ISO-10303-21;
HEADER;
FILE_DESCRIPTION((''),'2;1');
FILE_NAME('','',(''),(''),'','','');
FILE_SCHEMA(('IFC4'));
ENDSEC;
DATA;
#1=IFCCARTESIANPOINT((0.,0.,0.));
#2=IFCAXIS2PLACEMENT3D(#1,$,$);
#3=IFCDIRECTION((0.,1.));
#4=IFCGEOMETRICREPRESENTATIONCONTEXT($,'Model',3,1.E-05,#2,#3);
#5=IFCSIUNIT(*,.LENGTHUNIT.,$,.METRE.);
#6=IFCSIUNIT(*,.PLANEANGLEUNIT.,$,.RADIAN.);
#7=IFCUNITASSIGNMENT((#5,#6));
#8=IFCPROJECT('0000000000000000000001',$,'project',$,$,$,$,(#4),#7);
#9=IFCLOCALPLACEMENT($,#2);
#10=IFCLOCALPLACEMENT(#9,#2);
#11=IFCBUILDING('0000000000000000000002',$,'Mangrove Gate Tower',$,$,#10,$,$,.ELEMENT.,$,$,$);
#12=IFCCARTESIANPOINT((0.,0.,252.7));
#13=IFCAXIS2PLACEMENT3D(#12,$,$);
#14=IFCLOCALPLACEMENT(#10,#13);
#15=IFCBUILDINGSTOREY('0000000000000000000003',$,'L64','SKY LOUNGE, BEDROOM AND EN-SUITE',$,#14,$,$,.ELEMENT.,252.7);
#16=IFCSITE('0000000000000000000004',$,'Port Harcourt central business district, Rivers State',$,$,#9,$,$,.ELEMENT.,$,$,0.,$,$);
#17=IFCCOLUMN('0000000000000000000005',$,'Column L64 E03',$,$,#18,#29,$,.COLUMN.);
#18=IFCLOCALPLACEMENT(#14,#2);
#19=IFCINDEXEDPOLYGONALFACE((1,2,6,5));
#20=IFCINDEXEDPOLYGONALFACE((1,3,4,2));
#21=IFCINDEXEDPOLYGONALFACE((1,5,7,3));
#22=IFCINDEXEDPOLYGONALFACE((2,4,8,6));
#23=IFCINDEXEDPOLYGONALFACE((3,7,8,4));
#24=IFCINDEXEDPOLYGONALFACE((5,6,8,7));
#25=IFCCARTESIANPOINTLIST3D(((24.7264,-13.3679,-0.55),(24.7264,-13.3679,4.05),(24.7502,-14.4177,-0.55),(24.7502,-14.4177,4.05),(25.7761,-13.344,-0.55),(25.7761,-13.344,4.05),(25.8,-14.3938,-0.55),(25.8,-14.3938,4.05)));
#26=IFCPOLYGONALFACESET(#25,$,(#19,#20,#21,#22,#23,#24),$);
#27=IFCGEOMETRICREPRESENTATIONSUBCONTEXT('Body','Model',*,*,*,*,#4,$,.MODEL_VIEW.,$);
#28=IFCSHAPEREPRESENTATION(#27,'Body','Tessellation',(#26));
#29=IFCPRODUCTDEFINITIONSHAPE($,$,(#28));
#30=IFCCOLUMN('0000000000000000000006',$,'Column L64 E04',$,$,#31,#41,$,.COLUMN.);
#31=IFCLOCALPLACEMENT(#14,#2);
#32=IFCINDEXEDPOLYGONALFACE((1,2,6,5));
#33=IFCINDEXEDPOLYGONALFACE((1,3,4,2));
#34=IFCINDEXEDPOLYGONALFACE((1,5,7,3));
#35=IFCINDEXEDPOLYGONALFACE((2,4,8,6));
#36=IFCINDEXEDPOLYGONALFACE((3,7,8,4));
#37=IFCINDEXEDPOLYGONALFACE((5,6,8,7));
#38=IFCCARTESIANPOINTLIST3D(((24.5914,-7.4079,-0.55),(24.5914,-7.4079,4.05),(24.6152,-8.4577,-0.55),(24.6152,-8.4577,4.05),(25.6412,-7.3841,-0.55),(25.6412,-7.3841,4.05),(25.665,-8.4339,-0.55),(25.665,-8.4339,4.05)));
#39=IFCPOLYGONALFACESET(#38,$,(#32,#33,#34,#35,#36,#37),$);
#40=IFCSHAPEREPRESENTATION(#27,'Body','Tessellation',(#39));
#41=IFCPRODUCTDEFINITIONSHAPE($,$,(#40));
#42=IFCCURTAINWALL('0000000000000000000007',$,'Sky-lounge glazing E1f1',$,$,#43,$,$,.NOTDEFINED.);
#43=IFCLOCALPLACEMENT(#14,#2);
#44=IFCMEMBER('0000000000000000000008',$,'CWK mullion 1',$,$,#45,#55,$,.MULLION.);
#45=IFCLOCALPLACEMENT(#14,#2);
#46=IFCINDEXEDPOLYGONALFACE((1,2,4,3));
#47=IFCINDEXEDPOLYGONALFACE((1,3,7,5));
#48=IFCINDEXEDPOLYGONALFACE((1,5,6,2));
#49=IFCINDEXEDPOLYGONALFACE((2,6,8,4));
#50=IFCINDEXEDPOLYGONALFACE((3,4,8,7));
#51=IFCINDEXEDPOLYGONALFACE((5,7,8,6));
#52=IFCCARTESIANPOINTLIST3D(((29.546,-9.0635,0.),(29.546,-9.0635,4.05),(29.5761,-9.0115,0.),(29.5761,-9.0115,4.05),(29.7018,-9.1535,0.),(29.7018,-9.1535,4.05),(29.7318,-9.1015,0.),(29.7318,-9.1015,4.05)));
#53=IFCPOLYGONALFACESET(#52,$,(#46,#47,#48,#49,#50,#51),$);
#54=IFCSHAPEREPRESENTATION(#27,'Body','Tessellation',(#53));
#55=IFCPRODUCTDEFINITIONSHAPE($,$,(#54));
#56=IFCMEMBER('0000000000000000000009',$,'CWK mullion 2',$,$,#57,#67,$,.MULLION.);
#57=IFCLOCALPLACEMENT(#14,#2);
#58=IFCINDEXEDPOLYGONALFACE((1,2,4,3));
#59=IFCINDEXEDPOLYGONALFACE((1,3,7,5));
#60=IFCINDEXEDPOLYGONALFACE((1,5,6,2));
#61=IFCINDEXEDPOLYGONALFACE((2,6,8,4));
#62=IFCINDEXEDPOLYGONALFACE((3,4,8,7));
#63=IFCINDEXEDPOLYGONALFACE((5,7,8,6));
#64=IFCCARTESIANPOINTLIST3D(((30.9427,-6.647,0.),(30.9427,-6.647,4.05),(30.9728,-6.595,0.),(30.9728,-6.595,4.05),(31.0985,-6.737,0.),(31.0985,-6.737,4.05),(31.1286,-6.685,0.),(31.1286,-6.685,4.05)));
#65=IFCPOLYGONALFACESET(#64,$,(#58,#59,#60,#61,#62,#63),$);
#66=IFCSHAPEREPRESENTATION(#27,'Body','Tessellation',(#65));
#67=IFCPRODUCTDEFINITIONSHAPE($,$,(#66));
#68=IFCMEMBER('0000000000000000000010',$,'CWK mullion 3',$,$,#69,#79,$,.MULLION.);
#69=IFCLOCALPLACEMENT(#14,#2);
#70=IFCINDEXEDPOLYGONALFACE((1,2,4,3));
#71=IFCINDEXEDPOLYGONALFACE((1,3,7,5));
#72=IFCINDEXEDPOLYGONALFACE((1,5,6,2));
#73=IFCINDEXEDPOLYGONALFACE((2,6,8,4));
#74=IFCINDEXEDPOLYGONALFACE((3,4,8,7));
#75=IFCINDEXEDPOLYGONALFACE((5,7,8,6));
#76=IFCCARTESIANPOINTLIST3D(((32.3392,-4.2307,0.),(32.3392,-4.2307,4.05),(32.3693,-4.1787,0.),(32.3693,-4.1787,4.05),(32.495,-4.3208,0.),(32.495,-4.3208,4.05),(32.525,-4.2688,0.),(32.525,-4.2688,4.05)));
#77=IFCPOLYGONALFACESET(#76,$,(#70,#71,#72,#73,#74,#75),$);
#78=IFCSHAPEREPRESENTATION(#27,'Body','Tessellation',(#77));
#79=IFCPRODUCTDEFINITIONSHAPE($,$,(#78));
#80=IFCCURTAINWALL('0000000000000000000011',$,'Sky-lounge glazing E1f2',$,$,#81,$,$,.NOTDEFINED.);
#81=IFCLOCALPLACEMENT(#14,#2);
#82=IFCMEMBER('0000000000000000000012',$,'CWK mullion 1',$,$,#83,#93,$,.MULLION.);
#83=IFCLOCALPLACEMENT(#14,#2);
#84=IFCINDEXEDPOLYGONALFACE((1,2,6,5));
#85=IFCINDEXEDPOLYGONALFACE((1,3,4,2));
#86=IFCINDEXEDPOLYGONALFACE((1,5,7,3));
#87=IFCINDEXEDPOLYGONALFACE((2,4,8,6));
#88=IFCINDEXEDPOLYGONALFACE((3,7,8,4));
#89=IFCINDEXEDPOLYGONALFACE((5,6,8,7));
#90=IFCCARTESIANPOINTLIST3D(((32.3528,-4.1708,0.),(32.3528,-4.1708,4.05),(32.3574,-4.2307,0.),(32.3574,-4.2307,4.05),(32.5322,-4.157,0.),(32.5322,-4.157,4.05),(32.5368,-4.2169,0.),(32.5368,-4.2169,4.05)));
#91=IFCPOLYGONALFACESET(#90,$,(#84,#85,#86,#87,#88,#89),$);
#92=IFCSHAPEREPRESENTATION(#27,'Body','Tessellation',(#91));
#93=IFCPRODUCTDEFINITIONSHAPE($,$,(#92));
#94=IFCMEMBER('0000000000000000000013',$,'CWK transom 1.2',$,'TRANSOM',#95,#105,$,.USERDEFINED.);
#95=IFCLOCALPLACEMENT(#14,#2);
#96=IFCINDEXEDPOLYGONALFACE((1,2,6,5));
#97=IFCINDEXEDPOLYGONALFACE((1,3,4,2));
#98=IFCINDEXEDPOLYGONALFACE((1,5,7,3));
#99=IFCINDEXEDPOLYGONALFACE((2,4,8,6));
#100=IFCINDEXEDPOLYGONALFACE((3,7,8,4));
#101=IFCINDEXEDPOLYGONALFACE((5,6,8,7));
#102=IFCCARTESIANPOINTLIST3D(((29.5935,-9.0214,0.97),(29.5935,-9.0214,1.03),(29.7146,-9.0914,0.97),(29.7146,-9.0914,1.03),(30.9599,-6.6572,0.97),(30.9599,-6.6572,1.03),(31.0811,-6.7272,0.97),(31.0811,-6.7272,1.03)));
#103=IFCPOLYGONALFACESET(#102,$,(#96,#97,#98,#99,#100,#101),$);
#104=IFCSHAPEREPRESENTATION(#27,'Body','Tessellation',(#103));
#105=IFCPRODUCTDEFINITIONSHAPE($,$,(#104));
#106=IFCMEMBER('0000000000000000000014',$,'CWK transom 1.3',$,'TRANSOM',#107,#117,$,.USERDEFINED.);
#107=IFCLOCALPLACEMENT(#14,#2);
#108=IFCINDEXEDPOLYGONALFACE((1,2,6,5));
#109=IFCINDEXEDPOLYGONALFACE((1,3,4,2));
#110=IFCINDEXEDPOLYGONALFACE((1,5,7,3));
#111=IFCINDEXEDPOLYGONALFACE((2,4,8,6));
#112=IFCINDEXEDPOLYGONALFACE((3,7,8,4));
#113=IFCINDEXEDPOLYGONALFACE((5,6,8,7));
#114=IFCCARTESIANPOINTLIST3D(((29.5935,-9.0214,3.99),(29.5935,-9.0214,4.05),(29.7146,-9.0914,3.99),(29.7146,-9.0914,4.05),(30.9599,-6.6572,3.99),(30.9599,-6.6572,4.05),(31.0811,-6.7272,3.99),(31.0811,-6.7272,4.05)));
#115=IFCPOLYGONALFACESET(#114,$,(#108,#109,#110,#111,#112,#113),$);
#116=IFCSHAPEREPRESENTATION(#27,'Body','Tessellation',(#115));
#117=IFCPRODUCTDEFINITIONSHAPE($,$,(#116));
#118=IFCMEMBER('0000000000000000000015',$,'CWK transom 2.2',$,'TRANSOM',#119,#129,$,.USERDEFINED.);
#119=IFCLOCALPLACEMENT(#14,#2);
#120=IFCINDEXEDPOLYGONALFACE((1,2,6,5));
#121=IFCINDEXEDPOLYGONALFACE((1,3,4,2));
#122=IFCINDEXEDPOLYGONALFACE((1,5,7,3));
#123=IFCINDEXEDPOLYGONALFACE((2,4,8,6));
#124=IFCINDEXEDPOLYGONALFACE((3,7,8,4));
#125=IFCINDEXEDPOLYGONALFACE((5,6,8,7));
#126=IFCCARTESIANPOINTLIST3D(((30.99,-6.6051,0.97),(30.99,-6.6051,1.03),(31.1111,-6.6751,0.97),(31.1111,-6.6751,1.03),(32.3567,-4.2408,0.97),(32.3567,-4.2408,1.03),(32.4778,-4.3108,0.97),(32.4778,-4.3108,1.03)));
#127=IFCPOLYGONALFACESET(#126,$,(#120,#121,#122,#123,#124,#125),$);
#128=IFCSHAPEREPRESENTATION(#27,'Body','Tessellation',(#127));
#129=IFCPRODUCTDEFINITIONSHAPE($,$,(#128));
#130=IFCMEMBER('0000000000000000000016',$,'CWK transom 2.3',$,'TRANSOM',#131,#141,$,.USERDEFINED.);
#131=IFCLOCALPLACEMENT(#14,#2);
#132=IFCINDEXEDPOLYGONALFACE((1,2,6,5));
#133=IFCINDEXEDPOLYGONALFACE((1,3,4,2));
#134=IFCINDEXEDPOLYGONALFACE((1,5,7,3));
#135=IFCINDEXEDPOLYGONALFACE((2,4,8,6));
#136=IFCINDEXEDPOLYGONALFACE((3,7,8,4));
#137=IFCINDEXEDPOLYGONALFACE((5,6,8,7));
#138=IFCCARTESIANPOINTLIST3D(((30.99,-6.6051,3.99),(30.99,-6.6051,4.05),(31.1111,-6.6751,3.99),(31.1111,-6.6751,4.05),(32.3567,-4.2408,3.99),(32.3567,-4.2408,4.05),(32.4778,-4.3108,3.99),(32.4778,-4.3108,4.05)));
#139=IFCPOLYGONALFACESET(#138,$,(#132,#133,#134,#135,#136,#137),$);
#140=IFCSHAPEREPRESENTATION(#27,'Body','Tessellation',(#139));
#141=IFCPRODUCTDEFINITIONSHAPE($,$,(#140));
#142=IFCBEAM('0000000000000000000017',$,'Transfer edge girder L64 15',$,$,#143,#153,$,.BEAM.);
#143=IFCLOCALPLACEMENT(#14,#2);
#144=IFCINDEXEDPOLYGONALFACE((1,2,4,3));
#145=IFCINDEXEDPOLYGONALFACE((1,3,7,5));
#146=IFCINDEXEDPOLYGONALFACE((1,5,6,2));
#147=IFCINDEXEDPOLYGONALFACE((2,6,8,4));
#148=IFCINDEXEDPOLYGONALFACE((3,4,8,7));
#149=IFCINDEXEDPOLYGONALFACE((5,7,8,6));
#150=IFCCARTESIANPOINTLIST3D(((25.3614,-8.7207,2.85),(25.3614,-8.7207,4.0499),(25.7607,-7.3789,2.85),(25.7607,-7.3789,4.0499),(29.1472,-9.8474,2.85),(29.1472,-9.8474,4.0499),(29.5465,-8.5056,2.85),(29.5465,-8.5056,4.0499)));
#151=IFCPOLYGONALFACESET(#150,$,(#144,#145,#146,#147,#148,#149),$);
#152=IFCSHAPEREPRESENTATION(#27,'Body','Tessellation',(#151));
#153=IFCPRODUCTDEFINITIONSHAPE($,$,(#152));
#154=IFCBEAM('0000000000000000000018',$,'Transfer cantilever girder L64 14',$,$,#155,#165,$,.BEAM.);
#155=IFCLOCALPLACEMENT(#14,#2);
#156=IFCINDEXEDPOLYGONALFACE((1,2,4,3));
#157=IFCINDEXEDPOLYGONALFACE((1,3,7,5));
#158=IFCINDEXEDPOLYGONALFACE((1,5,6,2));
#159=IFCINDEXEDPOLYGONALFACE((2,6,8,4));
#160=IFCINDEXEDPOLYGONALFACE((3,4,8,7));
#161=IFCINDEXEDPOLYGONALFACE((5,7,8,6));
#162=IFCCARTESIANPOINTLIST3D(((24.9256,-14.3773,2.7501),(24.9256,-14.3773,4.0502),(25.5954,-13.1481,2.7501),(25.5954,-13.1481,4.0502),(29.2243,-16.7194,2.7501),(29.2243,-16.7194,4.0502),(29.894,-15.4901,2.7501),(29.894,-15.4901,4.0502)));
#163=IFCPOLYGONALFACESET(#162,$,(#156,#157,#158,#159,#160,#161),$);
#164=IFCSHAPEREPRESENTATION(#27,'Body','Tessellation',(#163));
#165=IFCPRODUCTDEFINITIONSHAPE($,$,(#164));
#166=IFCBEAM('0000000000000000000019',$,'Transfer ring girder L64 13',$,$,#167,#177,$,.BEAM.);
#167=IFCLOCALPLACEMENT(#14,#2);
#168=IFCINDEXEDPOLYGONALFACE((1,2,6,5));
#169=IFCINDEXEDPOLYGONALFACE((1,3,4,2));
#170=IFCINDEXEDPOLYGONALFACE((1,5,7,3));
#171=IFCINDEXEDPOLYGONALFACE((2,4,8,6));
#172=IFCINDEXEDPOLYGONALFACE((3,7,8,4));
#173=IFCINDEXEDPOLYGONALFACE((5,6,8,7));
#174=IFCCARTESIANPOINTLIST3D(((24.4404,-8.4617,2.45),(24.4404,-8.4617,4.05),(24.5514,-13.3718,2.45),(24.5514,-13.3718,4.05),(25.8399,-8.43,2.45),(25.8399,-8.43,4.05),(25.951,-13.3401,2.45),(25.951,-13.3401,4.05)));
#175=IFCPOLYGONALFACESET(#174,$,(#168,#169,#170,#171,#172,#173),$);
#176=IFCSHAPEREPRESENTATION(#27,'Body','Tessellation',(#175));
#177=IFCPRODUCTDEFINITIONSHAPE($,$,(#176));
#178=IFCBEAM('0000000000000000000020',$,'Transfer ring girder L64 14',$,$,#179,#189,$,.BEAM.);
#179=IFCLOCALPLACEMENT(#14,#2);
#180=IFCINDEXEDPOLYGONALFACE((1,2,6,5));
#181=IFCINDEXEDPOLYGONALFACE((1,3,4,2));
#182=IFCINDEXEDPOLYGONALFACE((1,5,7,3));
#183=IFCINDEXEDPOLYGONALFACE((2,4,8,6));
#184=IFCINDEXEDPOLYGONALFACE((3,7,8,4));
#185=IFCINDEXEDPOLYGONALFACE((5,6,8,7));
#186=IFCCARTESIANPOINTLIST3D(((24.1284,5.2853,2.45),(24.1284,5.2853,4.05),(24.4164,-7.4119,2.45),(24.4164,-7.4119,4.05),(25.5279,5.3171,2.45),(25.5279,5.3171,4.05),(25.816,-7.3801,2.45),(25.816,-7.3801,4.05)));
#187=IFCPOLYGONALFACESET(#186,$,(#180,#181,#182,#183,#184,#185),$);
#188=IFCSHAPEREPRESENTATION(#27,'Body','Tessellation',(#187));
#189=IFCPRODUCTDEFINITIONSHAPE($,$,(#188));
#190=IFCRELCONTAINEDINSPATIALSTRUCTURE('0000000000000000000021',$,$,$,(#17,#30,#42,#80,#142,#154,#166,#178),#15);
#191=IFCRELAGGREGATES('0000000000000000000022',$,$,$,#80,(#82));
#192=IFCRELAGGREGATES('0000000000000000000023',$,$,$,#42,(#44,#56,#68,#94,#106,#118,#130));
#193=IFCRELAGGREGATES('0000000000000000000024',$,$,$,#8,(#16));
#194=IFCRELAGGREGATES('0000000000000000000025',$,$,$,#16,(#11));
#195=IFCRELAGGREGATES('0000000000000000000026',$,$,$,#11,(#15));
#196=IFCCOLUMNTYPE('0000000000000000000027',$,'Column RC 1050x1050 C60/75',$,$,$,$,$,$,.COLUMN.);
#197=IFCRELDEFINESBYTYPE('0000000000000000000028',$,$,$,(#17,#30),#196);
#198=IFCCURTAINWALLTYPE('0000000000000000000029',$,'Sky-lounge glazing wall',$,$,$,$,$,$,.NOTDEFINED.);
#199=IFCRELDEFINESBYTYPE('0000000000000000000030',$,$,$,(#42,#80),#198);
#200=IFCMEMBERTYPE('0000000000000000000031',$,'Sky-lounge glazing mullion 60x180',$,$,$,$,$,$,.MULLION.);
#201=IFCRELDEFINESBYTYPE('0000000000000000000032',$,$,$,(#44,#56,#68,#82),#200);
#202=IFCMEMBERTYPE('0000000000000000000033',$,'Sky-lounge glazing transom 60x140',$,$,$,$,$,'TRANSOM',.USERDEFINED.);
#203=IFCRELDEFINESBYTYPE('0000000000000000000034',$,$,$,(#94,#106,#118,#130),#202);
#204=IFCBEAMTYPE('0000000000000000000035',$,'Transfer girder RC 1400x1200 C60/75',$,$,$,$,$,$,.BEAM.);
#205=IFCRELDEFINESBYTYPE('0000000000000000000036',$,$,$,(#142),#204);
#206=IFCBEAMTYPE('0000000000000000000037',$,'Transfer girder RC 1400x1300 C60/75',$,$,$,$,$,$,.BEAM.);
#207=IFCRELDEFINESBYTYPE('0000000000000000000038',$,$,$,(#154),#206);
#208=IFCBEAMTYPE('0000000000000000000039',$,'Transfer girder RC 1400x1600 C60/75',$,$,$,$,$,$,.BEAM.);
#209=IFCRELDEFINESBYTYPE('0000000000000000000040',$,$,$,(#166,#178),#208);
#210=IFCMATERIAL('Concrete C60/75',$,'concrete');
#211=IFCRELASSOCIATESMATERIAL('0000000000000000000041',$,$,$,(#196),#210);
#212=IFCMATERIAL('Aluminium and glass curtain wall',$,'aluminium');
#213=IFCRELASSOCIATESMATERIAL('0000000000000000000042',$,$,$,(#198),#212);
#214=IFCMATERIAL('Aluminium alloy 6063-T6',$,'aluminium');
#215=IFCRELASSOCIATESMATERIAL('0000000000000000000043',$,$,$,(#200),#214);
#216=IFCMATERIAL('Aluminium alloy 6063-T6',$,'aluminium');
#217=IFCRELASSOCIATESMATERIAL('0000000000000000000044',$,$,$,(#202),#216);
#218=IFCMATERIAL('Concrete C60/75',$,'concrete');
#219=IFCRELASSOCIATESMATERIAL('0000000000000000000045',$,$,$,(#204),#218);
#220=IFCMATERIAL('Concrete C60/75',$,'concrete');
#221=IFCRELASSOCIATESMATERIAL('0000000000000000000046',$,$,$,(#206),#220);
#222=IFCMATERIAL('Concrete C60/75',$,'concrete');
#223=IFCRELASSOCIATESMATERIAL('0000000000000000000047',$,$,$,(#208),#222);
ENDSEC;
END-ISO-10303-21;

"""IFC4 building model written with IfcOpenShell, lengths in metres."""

from ifc_helpers import new_model, si_unit, direction, frame, origin, origin_2d, place, context, subcontext, project, spatial, rectangle, extrude, material, material_profile, profile_set, type_object, element, aggregate, save


model = new_model("IFC4")

# Units and contexts
model_context = context("Model", 3, precision=1e-05, world=origin(), true_north=direction((0.0, 1.0)))
body_context = subcontext(model_context, "Body", "Model", "MODEL_VIEW")
ifc_project = project(units=[si_unit("LENGTHUNIT", "METRE"), si_unit("PLANEANGLEUNIT", "RADIAN")], contexts=[model_context])

# Site, building, storey
site_placement = place(None, origin())
site = spatial("IfcSite", under=ifc_project, at=site_placement, Name="Port Harcourt central business district, Rivers State", CompositionType="ELEMENT", RefElevation=0.0)
building_placement = place(site_placement, origin())
building = spatial("IfcBuilding", under=site, at=building_placement, Name="Mangrove Gate Tower", CompositionType="ELEMENT")
storey_placement = place(building_placement, frame((0.0, 0.0, 252.7)))
storey = spatial("IfcBuildingStorey", under=building, at=storey_placement, Name="L64", Description="SKY LOUNGE, BEDROOM AND EN-SUITE", CompositionType="ELEMENT", Elevation=252.7)

# Columns
ifc_material_1 = material(Name="Concrete C60/75", Category="concrete")
ifc_material_profile_1 = material_profile(ifc_material_1, rectangle(XDim=1.05, YDim=1.05, at=origin_2d()))
ifc_profile_set_1 = profile_set([ifc_material_profile_1], Name="Concrete C60/75")
column_type = type_object("IfcColumnType", Name="Column RC 1050x1050 C60/75", PredefinedType="COLUMN", material=ifc_profile_set_1)
for number, where, z_axis, x_axis, name in (
    (1, (25.2632, -13.8809, -0.55), (0.0, 0.0, 1.0), (-0.022727, 0.999742, 0.0), "Column L64 E03"),
    (2, (25.1282, -7.9209, -0.55), (0.0, 0.0, 1.0), (-0.022676, 0.999743, 0.0), "Column L64 E04"),
):
    element("IfcColumn", number, at=place(storey_placement, frame(where, z_axis=z_axis, x_axis=x_axis)), inside=storey, type_object=column_type, Name=name, PredefinedType="COLUMN", context=body_context, shape_type="SweptSolid", body=[
        extrude(rectangle(XDim=1.05, YDim=1.05, at=origin_2d()), origin(), (0.0, 0.0, 1.0), 4.6001),
    ])

# Curtain wall, members
ifc_material_2 = material(Name="Aluminium and glass curtain wall", Category="aluminium")
curtain_wall_type = type_object("IfcCurtainWallType", Name="Sky-lounge glazing wall", PredefinedType="NOTDEFINED", material=ifc_material_2)
curtain_wall_1_placement = place(storey_placement, origin())
curtain_wall_1 = element("IfcCurtainWall", 3, at=curtain_wall_1_placement, inside=storey, type_object=curtain_wall_type, Name="Sky-lounge glazing E1f1", PredefinedType="NOTDEFINED")
ifc_material_3 = material(Name="Aluminium alloy 6063-T6", Category="aluminium")
ifc_material_profile_2 = material_profile(ifc_material_3, rectangle(XDim=0.0601, YDim=0.1799, at=origin_2d()))
ifc_profile_set_2 = profile_set([ifc_material_profile_2], Name="Aluminium alloy 6063-T6")
member_type_1 = type_object("IfcMemberType", Name="Sky-lounge glazing mullion 60x180", PredefinedType="MULLION", material=ifc_profile_set_2)
member_1_placement = place(storey_placement, frame((29.6389, -9.0825, 0.0), z_axis=(0.0, 0.0, 1.0), x_axis=(0.500418, 0.865784, 0.0)))
member_1 = element("IfcMember", 4, at=member_1_placement, type_object=member_type_1, Name="CWK mullion 1", PredefinedType="MULLION", context=body_context, shape_type="SweptSolid", body=[
    extrude(rectangle(XDim=0.0601, YDim=0.1799, at=origin_2d()), origin(), (0.0, 0.0, 1.0), 4.05),
])
member_2_placement = place(storey_placement, frame((31.0356, -6.666, 0.0), z_axis=(0.0, 0.0, 1.0), x_axis=(0.500418, 0.865784, 0.0)))
member_2 = element("IfcMember", 5, at=member_2_placement, type_object=member_type_1, Name="CWK mullion 2", PredefinedType="MULLION", context=body_context, shape_type="SweptSolid", body=[
    extrude(rectangle(XDim=0.0601, YDim=0.1799, at=origin_2d()), origin(), (0.0, 0.0, 1.0), 4.05),
])
member_3_placement = place(storey_placement, frame((32.4321, -4.2498, 0.0), z_axis=(0.0, 0.0, 1.0), x_axis=(0.500418, 0.865784, 0.0)))
member_3 = element("IfcMember", 6, at=member_3_placement, type_object=member_type_1, Name="CWK mullion 3", PredefinedType="MULLION", context=body_context, shape_type="SweptSolid", body=[
    extrude(rectangle(XDim=0.0601, YDim=0.1799, at=origin_2d()), origin(), (0.0, 0.0, 1.0), 4.05),
])

# Curtain wall, member
curtain_wall_2_placement = place(storey_placement, origin())
curtain_wall_2 = element("IfcCurtainWall", 7, at=curtain_wall_2_placement, inside=storey, type_object=curtain_wall_type, Name="Sky-lounge glazing E1f2", PredefinedType="NOTDEFINED")
member_4_placement = place(storey_placement, frame((32.4448, -4.1938, 0.0), z_axis=(0.0, 0.0, 1.0), x_axis=(-0.077023, 0.997029, 0.0)))
member_4 = element("IfcMember", 8, at=member_4_placement, type_object=member_type_1, Name="CWK mullion 1", PredefinedType="MULLION", context=body_context, shape_type="SweptSolid", body=[
    extrude(rectangle(XDim=0.0601, YDim=0.1799, at=origin_2d()), origin(), (0.0, 0.0, 1.0), 4.05),
])
aggregate(curtain_wall_2, [member_4])

# Members
ifc_material_4 = material(Name="Aluminium alloy 6063-T6", Category="aluminium")
ifc_material_profile_3 = material_profile(ifc_material_4, rectangle(XDim=0.0601, YDim=0.1399, at=origin_2d()))
ifc_profile_set_3 = profile_set([ifc_material_profile_3], Name="Aluminium alloy 6063-T6")
member_type_2 = type_object("IfcMemberType", Name="Sky-lounge glazing transom 60x140", ElementType="TRANSOM", PredefinedType="USERDEFINED", material=ifc_profile_set_3)
member_5_placement = place(storey_placement, frame((29.6541, -9.0564, 1.0), z_axis=(0.500398, 0.865795, 0.0), x_axis=(0.0, 0.0, 1.0)))
member_5 = element("IfcMember", 9, at=member_5_placement, type_object=member_type_2, Name="CWK transom 1.2", ObjectType="TRANSOM", PredefinedType="USERDEFINED", context=body_context, shape_type="SweptSolid", body=[
    extrude(rectangle(XDim=0.0601, YDim=0.1399, at=origin_2d()), origin(), (0.0, 0.0, 1.0), 2.7307),
])
member_6_placement = place(storey_placement, frame((29.6541, -9.0564, 4.02), z_axis=(0.500398, 0.865795, 0.0), x_axis=(0.0, 0.0, 1.0)))
member_6 = element("IfcMember", 10, at=member_6_placement, type_object=member_type_2, Name="CWK transom 1.3", ObjectType="TRANSOM", PredefinedType="USERDEFINED", context=body_context, shape_type="SweptSolid", body=[
    extrude(rectangle(XDim=0.0601, YDim=0.1399, at=origin_2d()), origin(), (0.0, 0.0, 1.0), 2.7307),
])
member_7_placement = place(storey_placement, frame((31.0505, -6.6401, 1.0), z_axis=(0.500465, 0.865757, 0.0), x_axis=(0.0, 0.0, 1.0)))
member_7 = element("IfcMember", 11, at=member_7_placement, type_object=member_type_2, Name="CWK transom 2.2", ObjectType="TRANSOM", PredefinedType="USERDEFINED", context=body_context, shape_type="SweptSolid", body=[
    extrude(rectangle(XDim=0.0601, YDim=0.1399, at=origin_2d()), origin(), (0.0, 0.0, 1.0), 2.731),
])
member_8_placement = place(storey_placement, frame((31.0505, -6.6401, 4.02), z_axis=(0.500465, 0.865757, 0.0), x_axis=(0.0, 0.0, 1.0)))
member_8 = element("IfcMember", 12, at=member_8_placement, type_object=member_type_2, Name="CWK transom 2.3", ObjectType="TRANSOM", PredefinedType="USERDEFINED", context=body_context, shape_type="SweptSolid", body=[
    extrude(rectangle(XDim=0.0601, YDim=0.1399, at=origin_2d()), origin(), (0.0, 0.0, 1.0), 2.731),
])

# Beams
ifc_material_5 = material(Name="Concrete C60/75", Category="concrete")
ifc_material_profile_4 = material_profile(ifc_material_5, rectangle(XDim=1.3999, YDim=1.2, at=origin_2d()))
ifc_profile_set_4 = profile_set([ifc_material_profile_4], Name="Concrete C60/75")
beam_type_1 = type_object("IfcBeamType", Name="Transfer girder RC 1400x1200 C60/75", PredefinedType="BEAM", material=ifc_profile_set_4)
beam_1_placement = place(storey_placement, frame((25.561, -8.0498, 3.45), z_axis=(0.958455, -0.285243, 0.0), x_axis=(0.285243, 0.958455, 0.0)))
element("IfcBeam", 13, at=beam_1_placement, inside=storey, type_object=beam_type_1, Name="Transfer edge girder L64 15", PredefinedType="BEAM", context=body_context, shape_type="SweptSolid", body=[
    extrude(rectangle(XDim=1.3999, YDim=1.2, at=origin_2d()), origin(), (0.0, 0.0, 1.0), 3.95),
])
ifc_material_6 = material(Name="Concrete C60/75", Category="concrete")
ifc_material_profile_5 = material_profile(ifc_material_6, rectangle(XDim=1.3999, YDim=1.3, at=origin_2d()))
ifc_profile_set_5 = profile_set([ifc_material_profile_5], Name="Concrete C60/75")
beam_type_2 = type_object("IfcBeamType", Name="Transfer girder RC 1400x1300 C60/75", PredefinedType="BEAM", material=ifc_profile_set_5)
beam_2_placement = place(storey_placement, frame((25.2605, -13.7627, 3.4001), z_axis=(0.878122, -0.478436, 0.0), x_axis=(0.478436, 0.878122, 0.0)))
element("IfcBeam", 14, at=beam_2_placement, inside=storey, type_object=beam_type_2, Name="Transfer cantilever girder L64 14", PredefinedType="BEAM", context=body_context, shape_type="SweptSolid", body=[
    extrude(rectangle(XDim=1.3999, YDim=1.3, at=origin_2d()), origin(), (0.0, 0.0, 1.0), 4.8953),
])
ifc_material_7 = material(Name="Concrete C60/75", Category="concrete")
ifc_material_profile_6 = material_profile(ifc_material_7, rectangle(XDim=1.3999, YDim=1.6001, at=origin_2d()))
ifc_profile_set_6 = profile_set([ifc_material_profile_6], Name="Concrete C60/75")
beam_type_3 = type_object("IfcBeamType", Name="Transfer girder RC 1400x1600 C60/75", PredefinedType="BEAM", material=ifc_profile_set_6)
beam_3_placement = place(storey_placement, frame((25.2512, -13.356, 3.25), z_axis=(-0.022618, 0.999744, 0.0), x_axis=(-0.999744, -0.022618, 0.0)))
element("IfcBeam", 15, at=beam_3_placement, inside=storey, type_object=beam_type_3, Name="Transfer ring girder L64 13", PredefinedType="BEAM", context=body_context, shape_type="SweptSolid", body=[
    extrude(rectangle(XDim=1.3999, YDim=1.6001, at=origin_2d()), origin(), (0.0, 0.0, 1.0), 4.9114),
])
beam_4_placement = place(storey_placement, frame((25.1162, -7.396, 3.25), z_axis=(-0.022683, 0.999743, 0.0), x_axis=(-0.999743, -0.022683, 0.0)))
element("IfcBeam", 16, at=beam_4_placement, inside=storey, type_object=beam_type_3, Name="Transfer ring girder L64 14", PredefinedType="BEAM", context=body_context, shape_type="SweptSolid", body=[
    extrude(rectangle(XDim=1.3999, YDim=1.6001, at=origin_2d()), origin(), (0.0, 0.0, 1.0), 12.7004),
])

aggregate(curtain_wall_1, [member_1, member_2, member_3, member_5, member_6, member_7, member_8])

save(model, "model.ifc")
